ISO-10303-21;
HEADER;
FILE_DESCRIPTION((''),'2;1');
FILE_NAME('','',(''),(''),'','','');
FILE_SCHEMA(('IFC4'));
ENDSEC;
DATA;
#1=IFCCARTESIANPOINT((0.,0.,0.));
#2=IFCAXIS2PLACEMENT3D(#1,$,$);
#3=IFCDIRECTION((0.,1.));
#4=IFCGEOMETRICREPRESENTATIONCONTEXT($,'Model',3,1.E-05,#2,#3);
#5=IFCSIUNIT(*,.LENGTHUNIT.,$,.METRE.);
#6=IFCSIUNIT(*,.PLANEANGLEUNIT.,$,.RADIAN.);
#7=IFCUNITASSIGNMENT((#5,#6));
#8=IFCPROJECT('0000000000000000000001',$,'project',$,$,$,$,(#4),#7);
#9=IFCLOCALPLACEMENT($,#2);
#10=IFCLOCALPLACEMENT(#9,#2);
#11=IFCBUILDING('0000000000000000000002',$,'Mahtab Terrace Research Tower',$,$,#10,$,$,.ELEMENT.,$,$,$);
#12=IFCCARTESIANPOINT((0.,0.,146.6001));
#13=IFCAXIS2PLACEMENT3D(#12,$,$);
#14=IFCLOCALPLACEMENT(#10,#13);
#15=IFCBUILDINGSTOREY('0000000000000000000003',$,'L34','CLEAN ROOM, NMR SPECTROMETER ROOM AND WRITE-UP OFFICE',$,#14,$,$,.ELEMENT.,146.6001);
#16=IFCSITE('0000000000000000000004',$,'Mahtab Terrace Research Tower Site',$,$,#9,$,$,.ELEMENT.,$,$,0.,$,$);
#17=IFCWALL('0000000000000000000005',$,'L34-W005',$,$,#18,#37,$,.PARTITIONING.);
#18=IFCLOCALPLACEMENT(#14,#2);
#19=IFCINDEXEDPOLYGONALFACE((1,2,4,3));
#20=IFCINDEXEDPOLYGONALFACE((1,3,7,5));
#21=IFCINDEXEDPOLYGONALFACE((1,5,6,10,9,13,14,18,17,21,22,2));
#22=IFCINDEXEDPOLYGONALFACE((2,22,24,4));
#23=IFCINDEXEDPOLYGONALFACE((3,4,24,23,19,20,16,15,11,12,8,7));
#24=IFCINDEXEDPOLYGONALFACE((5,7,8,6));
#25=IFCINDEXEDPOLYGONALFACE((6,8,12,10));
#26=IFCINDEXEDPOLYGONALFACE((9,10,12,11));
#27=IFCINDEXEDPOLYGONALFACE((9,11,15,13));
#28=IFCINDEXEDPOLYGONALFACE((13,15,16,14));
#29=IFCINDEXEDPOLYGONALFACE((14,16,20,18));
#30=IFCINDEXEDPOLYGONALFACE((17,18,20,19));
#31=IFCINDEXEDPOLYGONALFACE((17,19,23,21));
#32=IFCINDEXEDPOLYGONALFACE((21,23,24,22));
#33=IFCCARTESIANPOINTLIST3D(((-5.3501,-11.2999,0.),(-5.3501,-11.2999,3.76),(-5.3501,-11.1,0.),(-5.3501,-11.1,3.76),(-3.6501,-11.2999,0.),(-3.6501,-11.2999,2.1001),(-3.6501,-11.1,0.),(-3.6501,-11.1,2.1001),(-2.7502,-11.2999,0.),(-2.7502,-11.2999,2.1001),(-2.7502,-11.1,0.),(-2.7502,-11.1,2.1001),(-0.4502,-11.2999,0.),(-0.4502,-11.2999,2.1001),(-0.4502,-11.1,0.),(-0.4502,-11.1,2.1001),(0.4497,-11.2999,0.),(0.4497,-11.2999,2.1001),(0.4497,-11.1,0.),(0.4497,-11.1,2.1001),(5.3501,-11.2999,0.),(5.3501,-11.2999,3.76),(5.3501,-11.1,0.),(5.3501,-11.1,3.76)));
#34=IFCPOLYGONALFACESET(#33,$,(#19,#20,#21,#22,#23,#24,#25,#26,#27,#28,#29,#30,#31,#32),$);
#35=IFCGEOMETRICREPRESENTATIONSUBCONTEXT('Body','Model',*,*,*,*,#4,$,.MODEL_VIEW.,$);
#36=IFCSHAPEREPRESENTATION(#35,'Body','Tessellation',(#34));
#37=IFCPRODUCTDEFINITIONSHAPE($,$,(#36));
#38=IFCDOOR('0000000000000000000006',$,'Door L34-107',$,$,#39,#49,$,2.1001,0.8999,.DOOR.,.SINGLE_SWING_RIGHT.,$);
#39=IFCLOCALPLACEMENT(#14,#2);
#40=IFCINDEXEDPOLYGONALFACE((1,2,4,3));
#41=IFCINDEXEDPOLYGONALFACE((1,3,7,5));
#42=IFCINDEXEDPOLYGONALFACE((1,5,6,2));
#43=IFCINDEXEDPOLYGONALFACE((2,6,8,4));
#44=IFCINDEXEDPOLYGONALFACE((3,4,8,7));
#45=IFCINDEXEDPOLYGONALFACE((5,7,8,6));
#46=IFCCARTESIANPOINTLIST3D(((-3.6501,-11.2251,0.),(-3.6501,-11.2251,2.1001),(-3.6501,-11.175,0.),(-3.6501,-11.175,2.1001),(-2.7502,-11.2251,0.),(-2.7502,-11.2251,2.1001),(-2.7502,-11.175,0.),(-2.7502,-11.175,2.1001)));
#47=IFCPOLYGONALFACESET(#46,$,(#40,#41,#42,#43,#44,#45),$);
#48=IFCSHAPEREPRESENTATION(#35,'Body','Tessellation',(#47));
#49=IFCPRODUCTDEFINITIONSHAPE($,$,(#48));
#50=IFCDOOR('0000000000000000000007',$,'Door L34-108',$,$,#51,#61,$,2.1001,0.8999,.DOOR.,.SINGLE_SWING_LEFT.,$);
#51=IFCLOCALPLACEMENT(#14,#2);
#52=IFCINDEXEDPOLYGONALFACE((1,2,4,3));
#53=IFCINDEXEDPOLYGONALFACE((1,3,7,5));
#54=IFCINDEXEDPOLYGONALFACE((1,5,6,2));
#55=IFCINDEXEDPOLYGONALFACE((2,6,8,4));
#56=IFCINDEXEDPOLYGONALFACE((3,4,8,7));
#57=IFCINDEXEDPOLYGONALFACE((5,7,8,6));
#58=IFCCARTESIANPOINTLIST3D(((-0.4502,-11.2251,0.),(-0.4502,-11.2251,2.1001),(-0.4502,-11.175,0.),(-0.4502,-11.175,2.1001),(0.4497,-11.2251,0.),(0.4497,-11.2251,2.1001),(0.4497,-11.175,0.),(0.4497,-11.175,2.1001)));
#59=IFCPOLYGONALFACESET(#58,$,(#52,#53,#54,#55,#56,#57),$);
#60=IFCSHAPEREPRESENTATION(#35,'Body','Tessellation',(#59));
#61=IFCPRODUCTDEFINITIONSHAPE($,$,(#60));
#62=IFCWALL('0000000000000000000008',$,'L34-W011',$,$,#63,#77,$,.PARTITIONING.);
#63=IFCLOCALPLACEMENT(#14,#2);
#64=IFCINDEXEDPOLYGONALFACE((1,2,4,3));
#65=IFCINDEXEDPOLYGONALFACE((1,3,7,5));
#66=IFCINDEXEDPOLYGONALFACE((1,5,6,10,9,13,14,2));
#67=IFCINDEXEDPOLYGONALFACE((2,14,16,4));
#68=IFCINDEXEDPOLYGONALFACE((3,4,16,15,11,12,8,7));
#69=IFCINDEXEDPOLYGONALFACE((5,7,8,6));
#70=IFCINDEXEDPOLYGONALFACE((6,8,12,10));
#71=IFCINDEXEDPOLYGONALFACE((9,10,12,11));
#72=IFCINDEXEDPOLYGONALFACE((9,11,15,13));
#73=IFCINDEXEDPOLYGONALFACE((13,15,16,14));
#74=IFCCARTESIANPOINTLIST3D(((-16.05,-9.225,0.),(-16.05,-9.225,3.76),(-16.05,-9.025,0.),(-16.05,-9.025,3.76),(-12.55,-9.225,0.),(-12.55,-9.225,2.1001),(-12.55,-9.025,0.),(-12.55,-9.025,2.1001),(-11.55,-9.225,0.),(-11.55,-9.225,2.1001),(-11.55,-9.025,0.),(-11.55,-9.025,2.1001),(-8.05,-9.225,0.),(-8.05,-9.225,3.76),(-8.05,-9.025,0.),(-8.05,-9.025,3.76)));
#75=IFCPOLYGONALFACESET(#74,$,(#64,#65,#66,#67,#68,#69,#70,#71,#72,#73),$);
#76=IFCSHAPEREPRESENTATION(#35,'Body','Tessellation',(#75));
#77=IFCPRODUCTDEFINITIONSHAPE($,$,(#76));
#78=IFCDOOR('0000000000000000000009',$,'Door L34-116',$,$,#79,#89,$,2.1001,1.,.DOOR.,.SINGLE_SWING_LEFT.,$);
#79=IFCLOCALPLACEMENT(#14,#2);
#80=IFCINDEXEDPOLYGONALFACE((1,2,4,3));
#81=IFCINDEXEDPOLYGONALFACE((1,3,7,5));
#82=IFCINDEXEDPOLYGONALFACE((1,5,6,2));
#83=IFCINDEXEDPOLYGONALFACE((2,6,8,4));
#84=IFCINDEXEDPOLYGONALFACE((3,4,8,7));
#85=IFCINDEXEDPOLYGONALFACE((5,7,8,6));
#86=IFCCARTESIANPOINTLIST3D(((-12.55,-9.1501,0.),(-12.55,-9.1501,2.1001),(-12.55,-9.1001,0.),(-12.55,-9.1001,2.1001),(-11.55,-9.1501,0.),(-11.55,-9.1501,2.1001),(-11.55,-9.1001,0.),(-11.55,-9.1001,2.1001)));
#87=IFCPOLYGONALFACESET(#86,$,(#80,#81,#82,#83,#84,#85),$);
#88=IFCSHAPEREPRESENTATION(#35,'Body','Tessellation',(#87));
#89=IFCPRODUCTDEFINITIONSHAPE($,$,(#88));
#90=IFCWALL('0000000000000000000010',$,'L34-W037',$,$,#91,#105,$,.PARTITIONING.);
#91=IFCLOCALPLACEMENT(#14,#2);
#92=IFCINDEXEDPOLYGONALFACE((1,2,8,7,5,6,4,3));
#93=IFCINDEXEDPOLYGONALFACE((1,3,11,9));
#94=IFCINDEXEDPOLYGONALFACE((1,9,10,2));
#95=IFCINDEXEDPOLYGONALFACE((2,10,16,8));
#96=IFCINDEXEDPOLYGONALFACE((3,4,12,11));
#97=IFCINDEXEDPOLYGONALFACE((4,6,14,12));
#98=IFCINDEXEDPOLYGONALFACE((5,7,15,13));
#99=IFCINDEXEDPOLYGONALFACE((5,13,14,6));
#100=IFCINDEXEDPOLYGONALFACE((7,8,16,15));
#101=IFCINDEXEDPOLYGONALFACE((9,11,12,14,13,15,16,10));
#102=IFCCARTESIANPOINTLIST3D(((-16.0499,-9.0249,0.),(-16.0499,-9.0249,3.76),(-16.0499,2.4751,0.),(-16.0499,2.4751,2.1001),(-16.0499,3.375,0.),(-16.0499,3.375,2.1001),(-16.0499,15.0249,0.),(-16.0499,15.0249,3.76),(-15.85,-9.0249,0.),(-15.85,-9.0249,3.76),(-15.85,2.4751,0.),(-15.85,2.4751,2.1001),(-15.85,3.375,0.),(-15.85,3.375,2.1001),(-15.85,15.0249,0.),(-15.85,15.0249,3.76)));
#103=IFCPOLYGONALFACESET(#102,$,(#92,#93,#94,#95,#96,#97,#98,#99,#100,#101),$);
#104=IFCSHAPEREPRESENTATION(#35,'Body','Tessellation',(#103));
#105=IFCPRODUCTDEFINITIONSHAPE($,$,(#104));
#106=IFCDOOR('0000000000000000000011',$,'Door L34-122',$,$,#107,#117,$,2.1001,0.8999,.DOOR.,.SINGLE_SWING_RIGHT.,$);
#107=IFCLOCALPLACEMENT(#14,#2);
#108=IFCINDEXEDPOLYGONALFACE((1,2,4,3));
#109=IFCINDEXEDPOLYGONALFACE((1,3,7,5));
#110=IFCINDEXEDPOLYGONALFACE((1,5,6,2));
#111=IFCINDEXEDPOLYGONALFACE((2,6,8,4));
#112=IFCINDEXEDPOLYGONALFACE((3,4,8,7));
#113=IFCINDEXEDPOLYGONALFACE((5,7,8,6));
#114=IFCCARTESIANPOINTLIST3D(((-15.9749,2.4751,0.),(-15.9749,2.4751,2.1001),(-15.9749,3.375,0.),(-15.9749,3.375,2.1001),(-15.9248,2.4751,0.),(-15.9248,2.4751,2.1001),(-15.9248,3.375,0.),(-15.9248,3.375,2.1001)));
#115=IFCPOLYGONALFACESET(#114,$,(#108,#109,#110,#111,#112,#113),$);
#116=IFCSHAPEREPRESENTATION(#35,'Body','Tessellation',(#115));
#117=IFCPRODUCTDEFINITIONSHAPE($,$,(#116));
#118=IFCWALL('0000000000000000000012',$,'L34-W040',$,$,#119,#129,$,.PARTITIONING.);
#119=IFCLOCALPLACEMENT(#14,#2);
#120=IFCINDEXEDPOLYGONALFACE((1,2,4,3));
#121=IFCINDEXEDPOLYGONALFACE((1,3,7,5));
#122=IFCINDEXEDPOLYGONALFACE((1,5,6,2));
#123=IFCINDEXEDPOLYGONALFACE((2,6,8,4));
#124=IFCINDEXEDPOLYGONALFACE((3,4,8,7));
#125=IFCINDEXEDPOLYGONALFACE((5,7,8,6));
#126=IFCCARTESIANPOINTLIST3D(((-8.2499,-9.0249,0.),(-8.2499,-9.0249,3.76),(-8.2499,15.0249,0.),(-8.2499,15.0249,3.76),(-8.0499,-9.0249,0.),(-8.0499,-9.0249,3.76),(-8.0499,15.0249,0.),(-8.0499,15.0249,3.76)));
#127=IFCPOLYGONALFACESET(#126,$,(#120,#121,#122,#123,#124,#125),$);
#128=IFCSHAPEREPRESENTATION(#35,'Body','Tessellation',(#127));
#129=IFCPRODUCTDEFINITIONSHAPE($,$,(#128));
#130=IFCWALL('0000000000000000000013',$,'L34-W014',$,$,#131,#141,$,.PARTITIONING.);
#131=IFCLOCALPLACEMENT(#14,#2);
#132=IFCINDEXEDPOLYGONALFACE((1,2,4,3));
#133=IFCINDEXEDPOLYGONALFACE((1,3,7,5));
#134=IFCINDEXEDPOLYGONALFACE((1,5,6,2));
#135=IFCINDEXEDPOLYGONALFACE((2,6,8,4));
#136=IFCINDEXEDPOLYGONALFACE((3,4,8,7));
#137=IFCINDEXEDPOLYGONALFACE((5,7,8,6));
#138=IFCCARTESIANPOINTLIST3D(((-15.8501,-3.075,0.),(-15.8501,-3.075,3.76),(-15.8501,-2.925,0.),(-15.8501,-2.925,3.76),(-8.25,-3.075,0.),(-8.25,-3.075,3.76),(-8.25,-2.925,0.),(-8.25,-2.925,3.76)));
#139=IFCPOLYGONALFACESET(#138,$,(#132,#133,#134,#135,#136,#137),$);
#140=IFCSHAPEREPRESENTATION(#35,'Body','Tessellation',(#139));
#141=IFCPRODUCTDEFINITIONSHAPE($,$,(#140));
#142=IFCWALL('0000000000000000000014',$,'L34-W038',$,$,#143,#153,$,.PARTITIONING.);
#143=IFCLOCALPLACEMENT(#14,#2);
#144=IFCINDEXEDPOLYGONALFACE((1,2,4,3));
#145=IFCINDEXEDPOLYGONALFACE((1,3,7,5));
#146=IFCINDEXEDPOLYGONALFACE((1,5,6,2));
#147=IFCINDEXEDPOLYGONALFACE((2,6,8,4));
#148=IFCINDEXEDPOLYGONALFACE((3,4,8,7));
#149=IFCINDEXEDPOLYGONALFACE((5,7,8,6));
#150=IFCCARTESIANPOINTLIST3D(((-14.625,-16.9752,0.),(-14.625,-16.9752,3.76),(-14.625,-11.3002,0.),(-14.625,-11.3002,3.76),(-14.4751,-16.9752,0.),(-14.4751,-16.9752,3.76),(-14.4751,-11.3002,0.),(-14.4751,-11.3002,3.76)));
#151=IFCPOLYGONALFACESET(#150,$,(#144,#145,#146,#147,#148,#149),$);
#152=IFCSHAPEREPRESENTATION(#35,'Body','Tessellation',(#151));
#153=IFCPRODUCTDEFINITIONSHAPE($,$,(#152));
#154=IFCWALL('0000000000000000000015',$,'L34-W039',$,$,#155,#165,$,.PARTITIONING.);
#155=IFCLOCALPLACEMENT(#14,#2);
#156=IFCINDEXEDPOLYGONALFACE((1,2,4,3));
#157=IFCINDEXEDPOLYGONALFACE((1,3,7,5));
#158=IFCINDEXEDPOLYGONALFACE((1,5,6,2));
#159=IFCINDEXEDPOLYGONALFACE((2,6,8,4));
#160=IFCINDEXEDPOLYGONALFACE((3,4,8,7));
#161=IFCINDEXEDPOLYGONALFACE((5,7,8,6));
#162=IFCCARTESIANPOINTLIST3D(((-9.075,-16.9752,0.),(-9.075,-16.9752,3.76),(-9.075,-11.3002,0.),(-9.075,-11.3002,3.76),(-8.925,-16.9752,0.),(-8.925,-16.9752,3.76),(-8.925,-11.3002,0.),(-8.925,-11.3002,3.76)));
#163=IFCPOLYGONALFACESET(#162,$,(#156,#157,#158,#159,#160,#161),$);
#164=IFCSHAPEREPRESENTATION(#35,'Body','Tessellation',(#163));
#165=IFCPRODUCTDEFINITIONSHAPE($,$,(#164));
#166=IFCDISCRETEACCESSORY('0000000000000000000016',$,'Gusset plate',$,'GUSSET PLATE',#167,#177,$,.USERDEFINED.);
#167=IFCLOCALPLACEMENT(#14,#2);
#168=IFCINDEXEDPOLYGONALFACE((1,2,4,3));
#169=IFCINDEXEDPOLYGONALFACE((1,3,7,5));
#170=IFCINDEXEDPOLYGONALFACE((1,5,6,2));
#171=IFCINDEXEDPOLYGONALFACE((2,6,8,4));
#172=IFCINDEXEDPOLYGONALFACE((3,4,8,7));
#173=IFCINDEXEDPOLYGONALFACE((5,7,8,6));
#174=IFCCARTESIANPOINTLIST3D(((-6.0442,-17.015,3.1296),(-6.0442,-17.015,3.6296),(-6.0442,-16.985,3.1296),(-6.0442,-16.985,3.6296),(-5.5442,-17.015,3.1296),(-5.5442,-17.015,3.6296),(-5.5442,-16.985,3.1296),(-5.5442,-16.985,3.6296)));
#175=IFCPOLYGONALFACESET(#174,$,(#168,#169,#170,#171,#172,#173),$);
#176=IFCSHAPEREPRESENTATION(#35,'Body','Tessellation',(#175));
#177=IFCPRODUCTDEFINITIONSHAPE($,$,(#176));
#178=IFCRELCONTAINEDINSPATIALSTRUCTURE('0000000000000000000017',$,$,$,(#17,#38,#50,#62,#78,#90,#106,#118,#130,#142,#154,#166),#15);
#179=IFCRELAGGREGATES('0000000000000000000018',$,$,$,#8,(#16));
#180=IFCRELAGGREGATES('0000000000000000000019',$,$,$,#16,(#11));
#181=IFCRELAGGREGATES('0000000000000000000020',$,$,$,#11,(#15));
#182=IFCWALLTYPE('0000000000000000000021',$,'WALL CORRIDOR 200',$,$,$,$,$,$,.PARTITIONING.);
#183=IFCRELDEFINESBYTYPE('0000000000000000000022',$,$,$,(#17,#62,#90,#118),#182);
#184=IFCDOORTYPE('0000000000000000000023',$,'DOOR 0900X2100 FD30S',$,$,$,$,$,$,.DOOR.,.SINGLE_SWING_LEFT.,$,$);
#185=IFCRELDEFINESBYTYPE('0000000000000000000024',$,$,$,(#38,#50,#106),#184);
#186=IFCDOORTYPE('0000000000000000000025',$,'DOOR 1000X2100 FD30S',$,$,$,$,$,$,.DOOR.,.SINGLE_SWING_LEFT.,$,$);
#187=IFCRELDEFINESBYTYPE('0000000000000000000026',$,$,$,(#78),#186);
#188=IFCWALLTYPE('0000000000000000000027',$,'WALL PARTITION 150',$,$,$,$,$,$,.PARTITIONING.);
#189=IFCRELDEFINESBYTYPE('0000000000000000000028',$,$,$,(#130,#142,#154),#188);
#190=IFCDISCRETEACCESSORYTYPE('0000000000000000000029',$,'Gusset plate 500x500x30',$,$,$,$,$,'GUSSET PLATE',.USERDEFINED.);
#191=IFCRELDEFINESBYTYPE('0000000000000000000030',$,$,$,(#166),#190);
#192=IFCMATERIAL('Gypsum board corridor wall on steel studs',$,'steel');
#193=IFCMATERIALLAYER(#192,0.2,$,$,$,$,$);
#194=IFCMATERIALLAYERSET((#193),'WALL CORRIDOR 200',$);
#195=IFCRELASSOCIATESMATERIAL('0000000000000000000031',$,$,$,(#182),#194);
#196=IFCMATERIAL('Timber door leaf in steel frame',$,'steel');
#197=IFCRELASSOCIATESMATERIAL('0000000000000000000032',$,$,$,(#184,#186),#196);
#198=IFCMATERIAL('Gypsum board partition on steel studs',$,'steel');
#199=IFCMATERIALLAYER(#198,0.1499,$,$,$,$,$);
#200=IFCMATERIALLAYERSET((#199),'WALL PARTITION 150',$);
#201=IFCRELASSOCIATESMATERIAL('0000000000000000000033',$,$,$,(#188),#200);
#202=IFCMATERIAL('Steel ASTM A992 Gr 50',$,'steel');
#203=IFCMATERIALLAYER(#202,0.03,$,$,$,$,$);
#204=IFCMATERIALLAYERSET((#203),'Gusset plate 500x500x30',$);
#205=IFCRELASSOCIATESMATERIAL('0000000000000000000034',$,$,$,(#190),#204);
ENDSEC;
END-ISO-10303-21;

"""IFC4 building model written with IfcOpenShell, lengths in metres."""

from ifc_helpers import new_model, si_unit, direction, frame, frame_2d, origin, origin_2d, place, context, subcontext, project, spatial, rectangle, extrude, material, layer, layer_set, type_object, element, fill, save


model = new_model("IFC4")

# Units and contexts
model_context = context("Model", 3, precision=1e-05, world=origin(), true_north=direction((0.0, 1.0)))
body_context = subcontext(model_context, "Body", "Model", "MODEL_VIEW")
ifc_project = project(units=[si_unit("LENGTHUNIT", "METRE"), si_unit("PLANEANGLEUNIT", "RADIAN")], contexts=[model_context])

# Site, building, storey
site_placement = place(None, origin())
site = spatial("IfcSite", under=ifc_project, at=site_placement, Name="Mahtab Terrace Research Tower Site", CompositionType="ELEMENT", RefElevation=0.0)
building_placement = place(site_placement, origin())
building = spatial("IfcBuilding", under=site, at=building_placement, Name="Mahtab Terrace Research Tower", CompositionType="ELEMENT")
storey_placement = place(building_placement, frame((0.0, 0.0, 146.6001)))
storey = spatial("IfcBuildingStorey", under=building, at=storey_placement, Name="L34", Description="CLEAN ROOM, NMR SPECTROMETER ROOM AND WRITE-UP OFFICE", CompositionType="ELEMENT", Elevation=146.6001)

# Shared definitions
ifc_material_1 = material(Name="Steel ASTM A992 Gr 50", Category="steel")

# Wall, openings, doors
ifc_material_2 = material(Name="Gypsum board corridor wall on steel studs", Category="steel")
ifc_layer_1 = layer(ifc_material_2, 0.2)
ifc_layer_set_1 = layer_set([ifc_layer_1], Name="WALL CORRIDOR 200")
wall_type_1 = type_object("IfcWallType", Name="WALL CORRIDOR 200", PredefinedType="PARTITIONING", material=ifc_layer_set_1)
ifc_material_3 = material(Name="Timber door leaf in steel frame", Category="steel")
door_type_1 = type_object("IfcDoorType", Name="DOOR 0900X2100 FD30S", OperationType="SINGLE_SWING_LEFT", PredefinedType="DOOR", material=ifc_material_3)
wall_1_placement = place(storey_placement, frame((-5.3501, -11.2, 0.0), z_axis=(0.0, 0.0, 1.0), x_axis=(1.0, 0.0, 0.0)))
wall_1 = element("IfcWall", 1, at=wall_1_placement, inside=storey, type_object=wall_type_1, Name="L34-W005", PredefinedType="PARTITIONING", context=body_context, shape_type="SweptSolid", body=[
    extrude(rectangle(XDim=10.7002, YDim=0.2, at=frame_2d((5.3501, 0.0))), origin(), (0.0, 0.0, 1.0), 3.76),
])
opening_1_placement = place(wall_1_placement, frame((1.7, 0.0, 0.0)))
opening_1 = element("IfcOpeningElement", 2, at=opening_1_placement, cuts=wall_1, PredefinedType="OPENING", context=body_context, shape_type="SweptSolid", body=[
    extrude(rectangle(XDim=0.8999, YDim=2.1001, at=frame_2d((0.45, 1.05))), frame((0.0, 0.1099, 0.0), z_axis=(0.0, -1.0, 0.0), x_axis=(1.0, 0.0, 0.0)), (0.0, 0.0, 1.0), 0.22),
])
opening_2_placement = place(wall_1_placement, frame((4.8999, 0.0, 0.0)))
opening_2 = element("IfcOpeningElement", 3, at=opening_2_placement, cuts=wall_1, PredefinedType="OPENING", context=body_context, shape_type="SweptSolid", body=[
    extrude(rectangle(XDim=0.8999, YDim=2.1001, at=frame_2d((0.45, 1.05))), frame((0.0, 0.1099, 0.0), z_axis=(0.0, -1.0, 0.0), x_axis=(1.0, 0.0, 0.0)), (0.0, 0.0, 1.0), 0.22),
])
door_1_placement = place(opening_1_placement, origin())
door_1 = element("IfcDoor", 4, at=door_1_placement, inside=storey, type_object=door_type_1, Name="Door L34-107", OperationType="SINGLE_SWING_RIGHT", OverallHeight=2.1001, OverallWidth=0.8999, PredefinedType="DOOR", context=body_context, shape_type="SweptSolid", body=[
    extrude(rectangle(XDim=0.8999, YDim=2.1001, at=frame_2d((0.45, 1.05))), frame((0.0, 0.0249, 0.0), z_axis=(0.0, -1.0, 0.0), x_axis=(1.0, 0.0, 0.0)), (0.0, 0.0, 1.0), 0.05),
])
fill(opening_1, door_1)
door_2_placement = place(opening_2_placement, origin())
door_2 = element("IfcDoor", 5, at=door_2_placement, inside=storey, type_object=door_type_1, Name="Door L34-108", OperationType="SINGLE_SWING_LEFT", OverallHeight=2.1001, OverallWidth=0.8999, PredefinedType="DOOR", context=body_context, shape_type="SweptSolid", body=[
    extrude(rectangle(XDim=0.8999, YDim=2.1001, at=frame_2d((0.45, 1.05))), frame((0.0, 0.0249, 0.0), z_axis=(0.0, -1.0, 0.0), x_axis=(1.0, 0.0, 0.0)), (0.0, 0.0, 1.0), 0.05),
])
fill(opening_2, door_2)

# Walls, openings, doors
wall_2_placement = place(storey_placement, frame((-16.05, -9.125, 0.0), z_axis=(0.0, 0.0, 1.0), x_axis=(1.0, 0.0, 0.0)))
wall_2 = element("IfcWall", 6, at=wall_2_placement, inside=storey, type_object=wall_type_1, Name="L34-W011", PredefinedType="PARTITIONING", context=body_context, shape_type="SweptSolid", body=[
    extrude(rectangle(XDim=8.0, YDim=0.2, at=frame_2d((4.0, 0.0))), origin(), (0.0, 0.0, 1.0), 3.76),
])
opening_3_placement = place(wall_2_placement, frame((3.5, 0.0, 0.0)))
opening_3 = element("IfcOpeningElement", 7, at=opening_3_placement, cuts=wall_2, PredefinedType="OPENING", context=body_context, shape_type="SweptSolid", body=[
    extrude(rectangle(XDim=1.0, YDim=2.1001, at=frame_2d((0.5, 1.05))), frame((0.0, 0.1099, 0.0), z_axis=(0.0, -1.0, 0.0), x_axis=(1.0, 0.0, 0.0)), (0.0, 0.0, 1.0), 0.22),
])
door_type_2 = type_object("IfcDoorType", Name="DOOR 1000X2100 FD30S", OperationType="SINGLE_SWING_LEFT", PredefinedType="DOOR", material=ifc_material_3)
door_3_placement = place(opening_3_placement, origin())
door_3 = element("IfcDoor", 8, at=door_3_placement, inside=storey, type_object=door_type_2, Name="Door L34-116", OperationType="SINGLE_SWING_LEFT", OverallHeight=2.1001, OverallWidth=1.0, PredefinedType="DOOR", context=body_context, shape_type="SweptSolid", body=[
    extrude(rectangle(XDim=1.0, YDim=2.1001, at=frame_2d((0.5, 1.05))), frame((0.0, 0.0249, 0.0), z_axis=(0.0, -1.0, 0.0), x_axis=(1.0, 0.0, 0.0)), (0.0, 0.0, 1.0), 0.05),
])
fill(opening_3, door_3)
wall_3_placement = place(storey_placement, frame((-15.95, -9.0249, 0.0), z_axis=(0.0, 0.0, 1.0), x_axis=(0.0, 1.0, 0.0)))
wall_3 = element("IfcWall", 9, at=wall_3_placement, inside=storey, type_object=wall_type_1, Name="L34-W037", PredefinedType="PARTITIONING", context=body_context, shape_type="SweptSolid", body=[
    extrude(rectangle(XDim=24.0498, YDim=0.2, at=frame_2d((12.0249, 0.0))), origin(), (0.0, 0.0, 1.0), 3.76),
])
opening_4_placement = place(wall_3_placement, frame((11.5, 0.0, 0.0)))
opening_4 = element("IfcOpeningElement", 10, at=opening_4_placement, cuts=wall_3, PredefinedType="OPENING", context=body_context, shape_type="SweptSolid", body=[
    extrude(rectangle(XDim=0.8999, YDim=2.1001, at=frame_2d((0.45, 1.05))), frame((0.0, 0.1099, 0.0), z_axis=(0.0, -1.0, 0.0), x_axis=(1.0, 0.0, 0.0)), (0.0, 0.0, 1.0), 0.22),
])
door_4_placement = place(opening_4_placement, origin())
door_4 = element("IfcDoor", 11, at=door_4_placement, inside=storey, type_object=door_type_1, Name="Door L34-122", OperationType="SINGLE_SWING_RIGHT", OverallHeight=2.1001, OverallWidth=0.8999, PredefinedType="DOOR", context=body_context, shape_type="SweptSolid", body=[
    extrude(rectangle(XDim=0.8999, YDim=2.1001, at=frame_2d((0.45, 1.05))), frame((0.0, 0.0249, 0.0), z_axis=(0.0, -1.0, 0.0), x_axis=(1.0, 0.0, 0.0)), (0.0, 0.0, 1.0), 0.05),
])
fill(opening_4, door_4)

# Walls
wall_4_placement = place(storey_placement, frame((-8.1499, -9.0249, 0.0), z_axis=(0.0, 0.0, 1.0), x_axis=(0.0, 1.0, 0.0)))
element("IfcWall", 12, at=wall_4_placement, inside=storey, type_object=wall_type_1, Name="L34-W040", PredefinedType="PARTITIONING", context=body_context, shape_type="SweptSolid", body=[
    extrude(rectangle(XDim=24.0498, YDim=0.2, at=frame_2d((12.0249, 0.0))), origin(), (0.0, 0.0, 1.0), 3.76),
])
ifc_material_4 = material(Name="Gypsum board partition on steel studs", Category="steel")
ifc_layer_2 = layer(ifc_material_4, 0.1499)
ifc_layer_set_2 = layer_set([ifc_layer_2], Name="WALL PARTITION 150")
wall_type_2 = type_object("IfcWallType", Name="WALL PARTITION 150", PredefinedType="PARTITIONING", material=ifc_layer_set_2)
wall_5_placement = place(storey_placement, frame((-15.8501, -3.0, 0.0), z_axis=(0.0, 0.0, 1.0), x_axis=(1.0, 0.0, 0.0)))
element("IfcWall", 13, at=wall_5_placement, inside=storey, type_object=wall_type_2, Name="L34-W014", PredefinedType="PARTITIONING", context=body_context, shape_type="SweptSolid", body=[
    extrude(rectangle(XDim=7.6001, YDim=0.1499, at=frame_2d((3.8, 0.0))), origin(), (0.0, 0.0, 1.0), 3.76),
])
for number, where, z_axis, x_axis, name in (
    (14, (-14.55, -16.9751, 0.0), (0.0, 0.0, 1.0), (0.0, 1.0, 0.0), "L34-W038"),
    (15, (-9.0, -16.9751, 0.0), (0.0, 0.0, 1.0), (0.0, 1.0, 0.0), "L34-W039"),
):
    element("IfcWall", number, at=place(storey_placement, frame(where, z_axis=z_axis, x_axis=x_axis)), inside=storey, type_object=wall_type_2, Name=name, PredefinedType="PARTITIONING", context=body_context, shape_type="SweptSolid", body=[
        extrude(rectangle(XDim=5.675, YDim=0.1499, at=frame_2d((2.8374, 0.0))), origin(), (0.0, 0.0, 1.0), 3.76),
    ])

# Discrete accessory
ifc_layer_3 = layer(ifc_material_1, 0.03)
ifc_layer_set_3 = layer_set([ifc_layer_3], Name="Gusset plate 500x500x30")
discrete_accessory_type = type_object("IfcDiscreteAccessoryType", Name="Gusset plate 500x500x30", ElementType="GUSSET PLATE", PredefinedType="USERDEFINED", material=ifc_layer_set_3)
discrete_accessory_placement = place(storey_placement, frame((-5.7942, -17.0, 3.1296), z_axis=(0.0, 0.0, 1.0), x_axis=(1.0, 0.0, 0.0)))
element("IfcDiscreteAccessory", 16, at=discrete_accessory_placement, inside=storey, type_object=discrete_accessory_type, Name="Gusset plate", ObjectType="GUSSET PLATE", PredefinedType="USERDEFINED", context=body_context, shape_type="SweptSolid", body=[
    extrude(rectangle(XDim=0.5, YDim=0.03, at=origin_2d()), origin(), (0.0, 0.0, 1.0), 0.5),
])

save(model, "model.ifc")
